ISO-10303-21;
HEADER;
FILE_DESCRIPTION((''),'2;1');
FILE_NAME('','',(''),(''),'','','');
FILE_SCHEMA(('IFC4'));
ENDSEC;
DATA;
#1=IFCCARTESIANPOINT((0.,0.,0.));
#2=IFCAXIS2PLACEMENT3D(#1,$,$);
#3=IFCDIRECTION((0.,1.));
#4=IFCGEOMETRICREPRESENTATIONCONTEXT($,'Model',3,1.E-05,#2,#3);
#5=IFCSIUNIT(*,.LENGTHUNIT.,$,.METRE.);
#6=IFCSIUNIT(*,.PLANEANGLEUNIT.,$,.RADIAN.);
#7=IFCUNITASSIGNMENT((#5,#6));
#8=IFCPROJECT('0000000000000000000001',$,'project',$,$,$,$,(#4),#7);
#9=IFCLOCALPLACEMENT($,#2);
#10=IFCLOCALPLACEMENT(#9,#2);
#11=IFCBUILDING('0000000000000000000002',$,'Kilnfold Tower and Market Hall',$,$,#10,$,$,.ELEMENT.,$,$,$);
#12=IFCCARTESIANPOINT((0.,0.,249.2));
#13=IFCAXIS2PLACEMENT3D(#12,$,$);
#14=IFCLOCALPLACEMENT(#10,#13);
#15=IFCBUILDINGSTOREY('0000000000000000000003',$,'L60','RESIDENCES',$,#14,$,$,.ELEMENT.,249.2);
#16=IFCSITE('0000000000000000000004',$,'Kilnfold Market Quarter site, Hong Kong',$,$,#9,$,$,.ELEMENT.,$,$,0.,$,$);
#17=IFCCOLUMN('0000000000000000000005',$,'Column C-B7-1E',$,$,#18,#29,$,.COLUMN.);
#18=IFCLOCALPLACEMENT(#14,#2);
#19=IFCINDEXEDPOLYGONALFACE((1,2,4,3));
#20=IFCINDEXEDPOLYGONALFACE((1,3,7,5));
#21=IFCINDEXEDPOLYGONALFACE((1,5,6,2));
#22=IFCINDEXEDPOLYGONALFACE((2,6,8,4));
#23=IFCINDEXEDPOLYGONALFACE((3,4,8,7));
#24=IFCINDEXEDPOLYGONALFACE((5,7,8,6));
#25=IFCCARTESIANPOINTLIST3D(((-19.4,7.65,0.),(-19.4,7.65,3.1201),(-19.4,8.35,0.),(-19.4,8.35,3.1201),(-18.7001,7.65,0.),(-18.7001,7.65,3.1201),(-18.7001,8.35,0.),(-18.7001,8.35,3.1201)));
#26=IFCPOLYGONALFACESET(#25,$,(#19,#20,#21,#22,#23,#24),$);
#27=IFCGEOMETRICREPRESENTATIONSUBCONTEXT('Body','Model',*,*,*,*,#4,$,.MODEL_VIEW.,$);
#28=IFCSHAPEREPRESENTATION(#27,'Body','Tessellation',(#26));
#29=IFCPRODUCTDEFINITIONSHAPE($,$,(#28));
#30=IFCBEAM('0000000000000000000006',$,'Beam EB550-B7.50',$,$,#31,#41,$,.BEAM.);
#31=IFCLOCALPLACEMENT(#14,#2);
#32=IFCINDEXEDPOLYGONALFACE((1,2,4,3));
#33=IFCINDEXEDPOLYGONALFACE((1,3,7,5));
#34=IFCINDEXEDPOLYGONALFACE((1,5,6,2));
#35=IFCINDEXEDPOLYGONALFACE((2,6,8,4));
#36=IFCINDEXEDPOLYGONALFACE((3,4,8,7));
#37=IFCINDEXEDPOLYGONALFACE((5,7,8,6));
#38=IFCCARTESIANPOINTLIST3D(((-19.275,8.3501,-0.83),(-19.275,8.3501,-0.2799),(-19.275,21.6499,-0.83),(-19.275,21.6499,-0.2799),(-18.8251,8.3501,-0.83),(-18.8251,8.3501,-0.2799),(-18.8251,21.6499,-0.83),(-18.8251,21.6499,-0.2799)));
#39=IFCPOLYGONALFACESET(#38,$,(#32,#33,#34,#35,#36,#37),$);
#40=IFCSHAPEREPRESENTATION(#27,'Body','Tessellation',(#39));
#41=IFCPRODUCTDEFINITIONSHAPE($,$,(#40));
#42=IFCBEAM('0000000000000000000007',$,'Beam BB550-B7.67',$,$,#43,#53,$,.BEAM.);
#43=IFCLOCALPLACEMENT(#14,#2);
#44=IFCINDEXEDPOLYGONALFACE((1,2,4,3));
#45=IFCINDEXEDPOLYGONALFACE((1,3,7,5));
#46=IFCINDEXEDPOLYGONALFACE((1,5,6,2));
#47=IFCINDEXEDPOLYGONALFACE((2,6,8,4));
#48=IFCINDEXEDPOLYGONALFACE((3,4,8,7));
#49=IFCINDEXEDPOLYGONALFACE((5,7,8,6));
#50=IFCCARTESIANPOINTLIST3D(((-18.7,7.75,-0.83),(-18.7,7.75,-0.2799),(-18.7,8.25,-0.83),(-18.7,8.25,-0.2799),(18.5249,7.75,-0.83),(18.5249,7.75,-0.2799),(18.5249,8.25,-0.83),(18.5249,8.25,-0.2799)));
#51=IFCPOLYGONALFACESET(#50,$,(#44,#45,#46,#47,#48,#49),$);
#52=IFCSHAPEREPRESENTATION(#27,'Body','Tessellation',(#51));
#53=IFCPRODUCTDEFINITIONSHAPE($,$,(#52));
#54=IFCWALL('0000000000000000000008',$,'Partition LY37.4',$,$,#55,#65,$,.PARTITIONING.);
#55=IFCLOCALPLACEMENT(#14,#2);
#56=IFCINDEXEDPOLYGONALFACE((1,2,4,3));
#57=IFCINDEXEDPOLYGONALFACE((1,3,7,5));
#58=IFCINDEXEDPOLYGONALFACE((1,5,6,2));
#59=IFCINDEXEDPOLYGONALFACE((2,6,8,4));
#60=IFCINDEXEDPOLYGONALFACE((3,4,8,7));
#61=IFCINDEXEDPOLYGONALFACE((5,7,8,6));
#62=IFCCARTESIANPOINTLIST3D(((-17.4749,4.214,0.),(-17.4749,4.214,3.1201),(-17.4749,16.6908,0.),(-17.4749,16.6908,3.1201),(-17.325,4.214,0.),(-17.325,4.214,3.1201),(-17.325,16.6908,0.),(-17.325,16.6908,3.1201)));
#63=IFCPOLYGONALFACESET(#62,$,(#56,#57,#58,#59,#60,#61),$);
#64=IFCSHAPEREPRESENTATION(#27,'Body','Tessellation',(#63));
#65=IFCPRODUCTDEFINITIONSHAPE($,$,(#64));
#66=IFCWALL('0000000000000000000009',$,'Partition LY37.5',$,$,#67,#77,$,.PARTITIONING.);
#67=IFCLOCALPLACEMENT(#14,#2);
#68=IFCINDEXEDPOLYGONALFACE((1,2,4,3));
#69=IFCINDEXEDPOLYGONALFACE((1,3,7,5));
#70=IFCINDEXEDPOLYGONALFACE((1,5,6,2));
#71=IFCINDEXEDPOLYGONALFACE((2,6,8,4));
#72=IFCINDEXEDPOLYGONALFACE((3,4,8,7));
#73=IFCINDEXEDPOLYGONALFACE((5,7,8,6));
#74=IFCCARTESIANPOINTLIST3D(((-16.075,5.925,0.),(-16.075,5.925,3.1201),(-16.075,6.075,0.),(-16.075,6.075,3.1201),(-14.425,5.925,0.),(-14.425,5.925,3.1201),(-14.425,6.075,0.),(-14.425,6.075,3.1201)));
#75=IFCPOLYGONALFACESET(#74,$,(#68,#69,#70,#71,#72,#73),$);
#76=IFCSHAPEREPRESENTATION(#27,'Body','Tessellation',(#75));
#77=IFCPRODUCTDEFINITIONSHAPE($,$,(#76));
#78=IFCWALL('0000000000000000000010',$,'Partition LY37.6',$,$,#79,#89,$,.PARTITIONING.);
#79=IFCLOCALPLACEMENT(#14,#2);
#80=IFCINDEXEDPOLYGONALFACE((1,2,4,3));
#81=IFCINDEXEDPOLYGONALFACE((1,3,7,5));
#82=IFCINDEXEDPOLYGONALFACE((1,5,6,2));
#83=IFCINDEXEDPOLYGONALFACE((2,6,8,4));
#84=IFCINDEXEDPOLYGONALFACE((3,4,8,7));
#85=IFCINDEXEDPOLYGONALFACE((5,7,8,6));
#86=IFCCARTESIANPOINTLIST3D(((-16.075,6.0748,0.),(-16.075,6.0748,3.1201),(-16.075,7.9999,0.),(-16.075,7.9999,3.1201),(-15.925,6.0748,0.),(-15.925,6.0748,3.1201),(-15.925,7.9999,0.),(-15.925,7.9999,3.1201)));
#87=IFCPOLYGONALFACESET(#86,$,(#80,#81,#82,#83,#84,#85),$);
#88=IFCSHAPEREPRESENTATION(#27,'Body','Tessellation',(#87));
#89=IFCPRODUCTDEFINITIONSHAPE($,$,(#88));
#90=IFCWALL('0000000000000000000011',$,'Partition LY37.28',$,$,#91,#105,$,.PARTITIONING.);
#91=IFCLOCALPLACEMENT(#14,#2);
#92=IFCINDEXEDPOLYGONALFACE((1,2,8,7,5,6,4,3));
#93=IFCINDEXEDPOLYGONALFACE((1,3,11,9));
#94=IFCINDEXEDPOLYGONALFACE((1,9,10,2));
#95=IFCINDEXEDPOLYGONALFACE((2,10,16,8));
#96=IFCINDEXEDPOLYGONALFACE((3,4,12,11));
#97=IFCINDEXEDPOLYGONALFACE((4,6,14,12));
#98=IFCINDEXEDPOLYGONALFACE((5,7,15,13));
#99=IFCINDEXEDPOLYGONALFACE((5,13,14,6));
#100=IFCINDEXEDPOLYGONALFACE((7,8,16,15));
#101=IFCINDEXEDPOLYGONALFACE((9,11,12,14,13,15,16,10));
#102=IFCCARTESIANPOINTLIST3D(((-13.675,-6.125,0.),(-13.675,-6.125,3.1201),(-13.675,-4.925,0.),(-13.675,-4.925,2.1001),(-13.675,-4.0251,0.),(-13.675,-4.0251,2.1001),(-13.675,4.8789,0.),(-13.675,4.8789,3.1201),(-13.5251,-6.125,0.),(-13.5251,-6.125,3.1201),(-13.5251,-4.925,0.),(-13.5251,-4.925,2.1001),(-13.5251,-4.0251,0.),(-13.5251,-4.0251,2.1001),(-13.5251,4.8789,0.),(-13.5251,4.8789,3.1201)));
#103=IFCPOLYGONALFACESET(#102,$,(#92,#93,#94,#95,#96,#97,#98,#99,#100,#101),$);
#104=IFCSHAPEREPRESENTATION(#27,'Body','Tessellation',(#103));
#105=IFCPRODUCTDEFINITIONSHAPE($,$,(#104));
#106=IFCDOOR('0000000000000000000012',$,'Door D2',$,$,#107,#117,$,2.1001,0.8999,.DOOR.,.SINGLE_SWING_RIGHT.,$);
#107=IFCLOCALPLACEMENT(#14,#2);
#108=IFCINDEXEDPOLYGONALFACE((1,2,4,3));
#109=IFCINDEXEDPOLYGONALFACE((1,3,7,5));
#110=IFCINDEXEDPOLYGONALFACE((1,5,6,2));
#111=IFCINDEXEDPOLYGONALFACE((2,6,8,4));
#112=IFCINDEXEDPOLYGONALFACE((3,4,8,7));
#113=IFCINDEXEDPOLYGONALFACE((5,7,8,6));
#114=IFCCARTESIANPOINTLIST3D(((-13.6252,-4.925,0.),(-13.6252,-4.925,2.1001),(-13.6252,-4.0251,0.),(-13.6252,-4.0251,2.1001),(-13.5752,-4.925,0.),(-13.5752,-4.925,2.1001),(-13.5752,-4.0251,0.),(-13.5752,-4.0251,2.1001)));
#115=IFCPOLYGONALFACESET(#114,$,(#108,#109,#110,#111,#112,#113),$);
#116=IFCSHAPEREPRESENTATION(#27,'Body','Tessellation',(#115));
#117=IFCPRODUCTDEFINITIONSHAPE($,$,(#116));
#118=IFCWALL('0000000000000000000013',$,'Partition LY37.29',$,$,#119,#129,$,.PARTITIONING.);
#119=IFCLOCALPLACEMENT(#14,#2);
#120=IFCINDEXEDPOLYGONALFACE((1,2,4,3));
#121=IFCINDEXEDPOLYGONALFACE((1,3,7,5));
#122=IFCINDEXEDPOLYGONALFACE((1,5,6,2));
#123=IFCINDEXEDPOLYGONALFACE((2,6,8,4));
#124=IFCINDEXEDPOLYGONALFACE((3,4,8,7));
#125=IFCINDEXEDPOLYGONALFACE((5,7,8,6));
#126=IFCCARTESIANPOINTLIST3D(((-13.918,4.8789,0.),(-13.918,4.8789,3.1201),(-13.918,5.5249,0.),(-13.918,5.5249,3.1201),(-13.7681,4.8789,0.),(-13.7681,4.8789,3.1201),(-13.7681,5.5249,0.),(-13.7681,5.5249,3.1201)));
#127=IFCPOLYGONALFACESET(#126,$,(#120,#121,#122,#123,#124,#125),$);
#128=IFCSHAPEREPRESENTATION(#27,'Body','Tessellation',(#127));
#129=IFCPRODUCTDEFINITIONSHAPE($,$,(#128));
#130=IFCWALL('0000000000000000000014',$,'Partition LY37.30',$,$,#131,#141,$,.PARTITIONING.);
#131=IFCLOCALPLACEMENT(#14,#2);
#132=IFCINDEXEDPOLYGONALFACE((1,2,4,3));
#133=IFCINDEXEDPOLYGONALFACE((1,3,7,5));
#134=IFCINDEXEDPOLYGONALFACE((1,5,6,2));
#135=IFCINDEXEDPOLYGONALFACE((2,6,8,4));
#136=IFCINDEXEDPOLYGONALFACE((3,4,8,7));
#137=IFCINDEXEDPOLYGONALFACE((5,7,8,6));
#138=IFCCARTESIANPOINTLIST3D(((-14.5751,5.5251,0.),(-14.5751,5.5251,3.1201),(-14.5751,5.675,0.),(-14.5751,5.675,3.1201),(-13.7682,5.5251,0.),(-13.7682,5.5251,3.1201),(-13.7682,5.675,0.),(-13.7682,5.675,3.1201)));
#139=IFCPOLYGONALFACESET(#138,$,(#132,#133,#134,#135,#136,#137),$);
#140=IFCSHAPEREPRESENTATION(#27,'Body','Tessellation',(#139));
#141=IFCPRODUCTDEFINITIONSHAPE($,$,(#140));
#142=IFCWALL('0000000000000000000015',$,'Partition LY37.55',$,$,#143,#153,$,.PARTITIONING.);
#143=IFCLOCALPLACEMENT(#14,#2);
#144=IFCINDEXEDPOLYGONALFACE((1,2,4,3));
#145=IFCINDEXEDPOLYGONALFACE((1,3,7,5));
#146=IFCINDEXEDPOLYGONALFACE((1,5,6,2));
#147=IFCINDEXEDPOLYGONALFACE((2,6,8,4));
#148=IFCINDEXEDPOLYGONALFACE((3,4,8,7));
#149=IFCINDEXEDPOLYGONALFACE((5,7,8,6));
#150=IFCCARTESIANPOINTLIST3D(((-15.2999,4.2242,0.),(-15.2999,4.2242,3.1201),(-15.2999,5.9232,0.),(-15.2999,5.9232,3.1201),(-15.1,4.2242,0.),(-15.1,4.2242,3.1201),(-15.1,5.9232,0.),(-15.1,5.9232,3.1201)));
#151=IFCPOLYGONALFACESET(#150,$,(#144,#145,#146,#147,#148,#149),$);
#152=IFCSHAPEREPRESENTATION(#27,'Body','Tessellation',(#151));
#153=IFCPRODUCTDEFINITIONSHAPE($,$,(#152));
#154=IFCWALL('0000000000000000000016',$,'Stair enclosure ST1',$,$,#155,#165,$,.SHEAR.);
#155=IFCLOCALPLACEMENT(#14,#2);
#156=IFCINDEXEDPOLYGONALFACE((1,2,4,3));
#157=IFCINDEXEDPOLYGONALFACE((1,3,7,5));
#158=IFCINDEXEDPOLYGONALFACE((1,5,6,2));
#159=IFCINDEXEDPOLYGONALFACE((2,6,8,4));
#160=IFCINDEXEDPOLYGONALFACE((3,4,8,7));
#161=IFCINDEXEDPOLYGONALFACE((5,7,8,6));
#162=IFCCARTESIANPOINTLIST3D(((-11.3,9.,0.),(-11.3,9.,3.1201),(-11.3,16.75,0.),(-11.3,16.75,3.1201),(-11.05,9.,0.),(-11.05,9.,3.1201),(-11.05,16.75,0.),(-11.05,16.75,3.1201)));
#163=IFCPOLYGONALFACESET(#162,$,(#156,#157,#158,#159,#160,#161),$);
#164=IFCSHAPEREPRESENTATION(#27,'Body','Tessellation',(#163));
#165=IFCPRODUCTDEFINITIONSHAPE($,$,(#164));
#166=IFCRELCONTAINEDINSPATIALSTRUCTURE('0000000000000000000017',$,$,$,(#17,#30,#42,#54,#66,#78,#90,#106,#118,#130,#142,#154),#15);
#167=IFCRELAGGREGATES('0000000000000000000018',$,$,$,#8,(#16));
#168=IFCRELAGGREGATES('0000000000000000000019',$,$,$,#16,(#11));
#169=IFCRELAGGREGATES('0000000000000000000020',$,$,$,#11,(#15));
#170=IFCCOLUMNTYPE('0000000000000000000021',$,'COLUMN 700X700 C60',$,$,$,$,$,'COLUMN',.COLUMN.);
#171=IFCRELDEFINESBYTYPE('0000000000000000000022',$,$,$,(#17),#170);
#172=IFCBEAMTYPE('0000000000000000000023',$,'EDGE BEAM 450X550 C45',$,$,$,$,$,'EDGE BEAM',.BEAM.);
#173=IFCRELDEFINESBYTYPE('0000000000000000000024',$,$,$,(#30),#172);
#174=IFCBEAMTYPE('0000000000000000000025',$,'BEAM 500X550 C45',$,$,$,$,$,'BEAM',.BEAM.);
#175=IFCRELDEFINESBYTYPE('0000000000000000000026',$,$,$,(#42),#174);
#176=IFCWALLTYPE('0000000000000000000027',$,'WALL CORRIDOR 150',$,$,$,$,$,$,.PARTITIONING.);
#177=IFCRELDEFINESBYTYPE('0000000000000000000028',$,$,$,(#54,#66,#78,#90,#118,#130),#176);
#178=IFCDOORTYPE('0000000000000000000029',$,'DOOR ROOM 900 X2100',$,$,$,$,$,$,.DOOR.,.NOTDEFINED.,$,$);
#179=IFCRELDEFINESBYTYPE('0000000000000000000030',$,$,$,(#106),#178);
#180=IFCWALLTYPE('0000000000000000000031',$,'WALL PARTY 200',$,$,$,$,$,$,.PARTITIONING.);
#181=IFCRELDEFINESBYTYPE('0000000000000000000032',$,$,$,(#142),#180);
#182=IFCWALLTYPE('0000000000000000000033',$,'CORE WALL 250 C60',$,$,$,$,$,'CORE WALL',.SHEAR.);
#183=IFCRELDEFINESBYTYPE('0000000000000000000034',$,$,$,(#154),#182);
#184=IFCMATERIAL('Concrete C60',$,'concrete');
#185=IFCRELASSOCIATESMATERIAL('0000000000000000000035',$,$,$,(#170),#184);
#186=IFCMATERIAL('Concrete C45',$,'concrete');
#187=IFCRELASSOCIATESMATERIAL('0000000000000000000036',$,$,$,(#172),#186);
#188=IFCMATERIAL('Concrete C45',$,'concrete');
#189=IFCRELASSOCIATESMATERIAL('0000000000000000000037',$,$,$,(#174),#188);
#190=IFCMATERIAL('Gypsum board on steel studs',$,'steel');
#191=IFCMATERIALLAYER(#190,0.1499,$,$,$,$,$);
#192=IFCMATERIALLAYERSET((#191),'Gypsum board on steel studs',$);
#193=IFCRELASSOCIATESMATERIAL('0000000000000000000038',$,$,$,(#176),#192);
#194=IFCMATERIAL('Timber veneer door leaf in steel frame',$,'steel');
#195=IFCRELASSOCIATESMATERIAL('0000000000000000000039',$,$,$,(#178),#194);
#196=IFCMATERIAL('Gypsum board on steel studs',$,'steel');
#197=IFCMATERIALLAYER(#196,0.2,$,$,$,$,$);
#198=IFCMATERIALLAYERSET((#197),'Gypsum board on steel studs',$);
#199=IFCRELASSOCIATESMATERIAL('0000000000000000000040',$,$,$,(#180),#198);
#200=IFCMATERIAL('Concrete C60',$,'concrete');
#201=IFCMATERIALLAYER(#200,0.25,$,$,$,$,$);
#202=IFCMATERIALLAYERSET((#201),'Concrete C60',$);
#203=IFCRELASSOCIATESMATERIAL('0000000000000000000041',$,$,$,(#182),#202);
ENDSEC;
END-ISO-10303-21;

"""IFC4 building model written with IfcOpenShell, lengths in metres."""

from ifc_helpers import new_model, si_unit, direction, frame, frame_2d, origin, origin_2d, place, context, subcontext, project, spatial, rectangle, extrude, source, transform, mapped, material, layer, layer_set, material_profile, profile_set, type_object, element, fill, save


model = new_model("IFC4")

# Units and contexts
model_context = context("Model", 3, precision=1e-05, world=origin(), true_north=direction((0.0, 1.0)))
body_context = subcontext(model_context, "Body", "Model", "MODEL_VIEW")
ifc_project = project(units=[si_unit("LENGTHUNIT", "METRE"), si_unit("PLANEANGLEUNIT", "RADIAN")], contexts=[model_context])

# Site, building, storey
site_placement = place(None, origin())
site = spatial("IfcSite", under=ifc_project, at=site_placement, Name="Kilnfold Market Quarter site, Hong Kong", CompositionType="ELEMENT", RefElevation=0.0)
building_placement = place(site_placement, origin())
building = spatial("IfcBuilding", under=site, at=building_placement, Name="Kilnfold Tower and Market Hall", CompositionType="ELEMENT")
storey_placement = place(building_placement, frame((0.0, 0.0, 249.2)))
storey = spatial("IfcBuildingStorey", under=building, at=storey_placement, Name="L60", Description="RESIDENCES", CompositionType="ELEMENT", Elevation=249.2)

# Column
ifc_material_1 = material(Name="Concrete C60", Category="concrete")
ifc_material_profile_1 = material_profile(ifc_material_1, rectangle(XDim=0.7, YDim=0.7, at=origin_2d()), Name="RC 700x700")
ifc_profile_set_1 = profile_set([ifc_material_profile_1], Name="Concrete C60")
column_type = type_object("IfcColumnType", Name="COLUMN 700X700 C60", ElementType="COLUMN", PredefinedType="COLUMN", material=ifc_profile_set_1)
shared_shape_1 = source(origin(), body_context, "Body", "SweptSolid", [
    extrude(rectangle(XDim=0.7, YDim=0.7, at=origin_2d()), origin(), (0.0, 0.0, 1.0), 3.1201),
])
column_placement = place(storey_placement, frame((-19.05, 8.0, 0.0), z_axis=(0.0, 0.0, 1.0), x_axis=(1.0, 0.0, 0.0)))
element("IfcColumn", 1, at=column_placement, inside=storey, type_object=column_type, Name="Column C-B7-1E", PredefinedType="COLUMN", context=body_context, shape_type="MappedRepresentation", body=[
    mapped(shared_shape_1, transform((0.0, 0.0, 0.0))),
])

# Beams
ifc_material_2 = material(Name="Concrete C45", Category="concrete")
ifc_material_profile_2 = material_profile(ifc_material_2, rectangle(XDim=0.45, YDim=0.55, at=origin_2d()), Name="RC 450x550")
ifc_profile_set_2 = profile_set([ifc_material_profile_2], Name="Concrete C45")
beam_type_1 = type_object("IfcBeamType", Name="EDGE BEAM 450X550 C45", ElementType="EDGE BEAM", PredefinedType="BEAM", material=ifc_profile_set_2)
shared_shape_2 = source(origin(), body_context, "Body", "SweptSolid", [
    extrude(rectangle(XDim=0.45, YDim=0.55, at=origin_2d()), origin(), (0.0, 0.0, 1.0), 13.2998),
])
beam_1_placement = place(storey_placement, frame((-19.05, 8.3501, -0.5549), z_axis=(0.0, 1.0, 0.0), x_axis=(-1.0, 0.0, 0.0)))
element("IfcBeam", 2, at=beam_1_placement, inside=storey, type_object=beam_type_1, Name="Beam EB550-B7.50", PredefinedType="BEAM", context=body_context, shape_type="MappedRepresentation", body=[
    mapped(shared_shape_2, transform((0.0, 0.0, 0.0))),
])
ifc_material_3 = material(Name="Concrete C45", Category="concrete")
ifc_material_profile_3 = material_profile(ifc_material_3, rectangle(XDim=0.5, YDim=0.55, at=origin_2d()), Name="RC 500x550")
ifc_profile_set_3 = profile_set([ifc_material_profile_3], Name="Concrete C45")
beam_type_2 = type_object("IfcBeamType", Name="BEAM 500X550 C45", ElementType="BEAM", PredefinedType="BEAM", material=ifc_profile_set_3)
shared_shape_3 = source(origin(), body_context, "Body", "SweptSolid", [
    extrude(rectangle(XDim=0.5, YDim=0.55, at=origin_2d()), origin(), (0.0, 0.0, 1.0), 37.2249),
])
beam_2_placement = place(storey_placement, frame((-18.7, 8.0, -0.5549), z_axis=(1.0, 0.0, 0.0), x_axis=(0.0, 1.0, 0.0)))
element("IfcBeam", 3, at=beam_2_placement, inside=storey, type_object=beam_type_2, Name="Beam BB550-B7.67", PredefinedType="BEAM", context=body_context, shape_type="MappedRepresentation", body=[
    mapped(shared_shape_3, transform((0.0, 0.0, 0.0))),
])

# Walls
ifc_material_4 = material(Name="Gypsum board on steel studs", Category="steel")
ifc_layer_1 = layer(ifc_material_4, 0.1499)
ifc_layer_set_1 = layer_set([ifc_layer_1], Name="Gypsum board on steel studs")
wall_type_1 = type_object("IfcWallType", Name="WALL CORRIDOR 150", PredefinedType="PARTITIONING", material=ifc_layer_set_1)
wall_1_placement = place(storey_placement, frame((-17.3999, 4.2141, 0.0), z_axis=(0.0, 0.0, 1.0), x_axis=(0.0, 1.0, 0.0)))
element("IfcWall", 4, at=wall_1_placement, inside=storey, type_object=wall_type_1, Name="Partition LY37.4", PredefinedType="PARTITIONING", context=body_context, shape_type="SweptSolid", body=[
    extrude(rectangle(XDim=12.4768, YDim=0.1499, at=frame_2d((6.2383, 0.0))), origin(), (0.0, 0.0, 1.0), 3.1201),
])
wall_2_placement = place(storey_placement, frame((-16.075, 6.0, 0.0), z_axis=(0.0, 0.0, 1.0), x_axis=(1.0, 0.0, 0.0)))
element("IfcWall", 5, at=wall_2_placement, inside=storey, type_object=wall_type_1, Name="Partition LY37.5", PredefinedType="PARTITIONING", context=body_context, shape_type="SweptSolid", body=[
    extrude(rectangle(XDim=1.6499, YDim=0.1499, at=frame_2d((0.825, 0.0))), origin(), (0.0, 0.0, 1.0), 3.1201),
])
wall_3_placement = place(storey_placement, frame((-16.0, 6.075, 0.0), z_axis=(0.0, 0.0, 1.0), x_axis=(0.0, 1.0, 0.0)))
element("IfcWall", 6, at=wall_3_placement, inside=storey, type_object=wall_type_1, Name="Partition LY37.6", PredefinedType="PARTITIONING", context=body_context, shape_type="SweptSolid", body=[
    extrude(rectangle(XDim=1.925, YDim=0.1499, at=frame_2d((0.9624, 0.0))), origin(), (0.0, 0.0, 1.0), 3.1201),
])

# Wall, opening, door
wall_4_placement = place(storey_placement, frame((-13.6001, 4.8789, 0.0), z_axis=(0.0, 0.0, 1.0), x_axis=(0.0, -1.0, 0.0)))
wall_4 = element("IfcWall", 7, at=wall_4_placement, inside=storey, type_object=wall_type_1, Name="Partition LY37.28", PredefinedType="PARTITIONING", context=body_context, shape_type="SweptSolid", body=[
    extrude(rectangle(XDim=11.0039, YDim=0.1499, at=frame_2d((5.502, 0.0))), origin(), (0.0, 0.0, 1.0), 3.1201),
])
opening_1_placement = place(wall_4_placement, frame((8.9041, 0.0, 0.0)))
opening_1 = element("IfcOpeningElement", 8, at=opening_1_placement, cuts=wall_4, PredefinedType="OPENING", context=body_context, shape_type="SweptSolid", body=[
    extrude(rectangle(XDim=0.8999, YDim=2.1001, at=frame_2d((0.45, 1.05))), frame((0.0, 0.085, 0.0), z_axis=(0.0, -1.0, 0.0), x_axis=(1.0, 0.0, 0.0)), (0.0, 0.0, 1.0), 0.1699),
])
ifc_material_5 = material(Name="Timber veneer door leaf in steel frame", Category="steel")
door_type_1 = type_object("IfcDoorType", Name="DOOR ROOM 900 X2100", OperationType="NOTDEFINED", PredefinedType="DOOR", material=ifc_material_5)
door_1_placement = place(opening_1_placement, origin())
door_1 = element("IfcDoor", 9, at=door_1_placement, inside=storey, type_object=door_type_1, Name="Door D2", OperationType="SINGLE_SWING_RIGHT", OverallHeight=2.1001, OverallWidth=0.8999, PredefinedType="DOOR", context=body_context, shape_type="SweptSolid", body=[
    extrude(rectangle(XDim=0.8999, YDim=2.1001, at=frame_2d((0.45, 1.05))), frame((0.0, 0.0249, 0.0), z_axis=(0.0, -1.0, 0.0), x_axis=(1.0, 0.0, 0.0)), (0.0, 0.0, 1.0), 0.05),
])
fill(opening_1, door_1)

# Walls
wall_5_placement = place(storey_placement, frame((-13.843, 5.5249, 0.0), z_axis=(0.0, 0.0, 1.0), x_axis=(0.0, -1.0, 0.0)))
element("IfcWall", 10, at=wall_5_placement, inside=storey, type_object=wall_type_1, Name="Partition LY37.29", PredefinedType="PARTITIONING", context=body_context, shape_type="SweptSolid", body=[
    extrude(rectangle(XDim=0.646, YDim=0.1499, at=frame_2d((0.323, 0.0))), origin(), (0.0, 0.0, 1.0), 3.1201),
])
wall_6_placement = place(storey_placement, frame((-14.575, 5.6001, 0.0), z_axis=(0.0, 0.0, 1.0), x_axis=(1.0, 0.0, 0.0)))
element("IfcWall", 11, at=wall_6_placement, inside=storey, type_object=wall_type_1, Name="Partition LY37.30", PredefinedType="PARTITIONING", context=body_context, shape_type="SweptSolid", body=[
    extrude(rectangle(XDim=0.8069, YDim=0.1499, at=frame_2d((0.4033, 0.0))), origin(), (0.0, 0.0, 1.0), 3.1201),
])
ifc_material_6 = material(Name="Gypsum board on steel studs", Category="steel")
ifc_layer_2 = layer(ifc_material_6, 0.2)
ifc_layer_set_2 = layer_set([ifc_layer_2], Name="Gypsum board on steel studs")
wall_type_2 = type_object("IfcWallType", Name="WALL PARTY 200", PredefinedType="PARTITIONING", material=ifc_layer_set_2)
wall_7_placement = place(storey_placement, frame((-15.2, 4.2241, 0.0), z_axis=(0.0, 0.0, 1.0), x_axis=(0.0, 1.0, 0.0)))
element("IfcWall", 12, at=wall_7_placement, inside=storey, type_object=wall_type_2, Name="Partition LY37.55", PredefinedType="PARTITIONING", context=body_context, shape_type="SweptSolid", body=[
    extrude(rectangle(XDim=1.699, YDim=0.2, at=frame_2d((0.8496, 0.0))), origin(), (0.0, 0.0, 1.0), 3.1201),
])
ifc_material_7 = material(Name="Concrete C60", Category="concrete")
ifc_layer_3 = layer(ifc_material_7, 0.25)
ifc_layer_set_3 = layer_set([ifc_layer_3], Name="Concrete C60")
wall_type_3 = type_object("IfcWallType", Name="CORE WALL 250 C60", ElementType="CORE WALL", PredefinedType="SHEAR", material=ifc_layer_set_3)
shared_shape_4 = source(origin(), body_context, "Body", "SweptSolid", [
    extrude(rectangle(XDim=7.75, YDim=0.25, at=frame_2d((3.875, 0.0))), origin(), (0.0, 0.0, 1.0), 3.1201),
])
wall_8_placement = place(storey_placement, frame((-11.175, 9.0, 0.0), z_axis=(0.0, 0.0, 1.0), x_axis=(0.0, 1.0, 0.0)))
element("IfcWall", 13, at=wall_8_placement, inside=storey, type_object=wall_type_3, Name="Stair enclosure ST1", PredefinedType="SHEAR", context=body_context, shape_type="MappedRepresentation", body=[
    mapped(shared_shape_4, transform((0.0, 0.0, 0.0))),
])

save(model, "model.ifc")
